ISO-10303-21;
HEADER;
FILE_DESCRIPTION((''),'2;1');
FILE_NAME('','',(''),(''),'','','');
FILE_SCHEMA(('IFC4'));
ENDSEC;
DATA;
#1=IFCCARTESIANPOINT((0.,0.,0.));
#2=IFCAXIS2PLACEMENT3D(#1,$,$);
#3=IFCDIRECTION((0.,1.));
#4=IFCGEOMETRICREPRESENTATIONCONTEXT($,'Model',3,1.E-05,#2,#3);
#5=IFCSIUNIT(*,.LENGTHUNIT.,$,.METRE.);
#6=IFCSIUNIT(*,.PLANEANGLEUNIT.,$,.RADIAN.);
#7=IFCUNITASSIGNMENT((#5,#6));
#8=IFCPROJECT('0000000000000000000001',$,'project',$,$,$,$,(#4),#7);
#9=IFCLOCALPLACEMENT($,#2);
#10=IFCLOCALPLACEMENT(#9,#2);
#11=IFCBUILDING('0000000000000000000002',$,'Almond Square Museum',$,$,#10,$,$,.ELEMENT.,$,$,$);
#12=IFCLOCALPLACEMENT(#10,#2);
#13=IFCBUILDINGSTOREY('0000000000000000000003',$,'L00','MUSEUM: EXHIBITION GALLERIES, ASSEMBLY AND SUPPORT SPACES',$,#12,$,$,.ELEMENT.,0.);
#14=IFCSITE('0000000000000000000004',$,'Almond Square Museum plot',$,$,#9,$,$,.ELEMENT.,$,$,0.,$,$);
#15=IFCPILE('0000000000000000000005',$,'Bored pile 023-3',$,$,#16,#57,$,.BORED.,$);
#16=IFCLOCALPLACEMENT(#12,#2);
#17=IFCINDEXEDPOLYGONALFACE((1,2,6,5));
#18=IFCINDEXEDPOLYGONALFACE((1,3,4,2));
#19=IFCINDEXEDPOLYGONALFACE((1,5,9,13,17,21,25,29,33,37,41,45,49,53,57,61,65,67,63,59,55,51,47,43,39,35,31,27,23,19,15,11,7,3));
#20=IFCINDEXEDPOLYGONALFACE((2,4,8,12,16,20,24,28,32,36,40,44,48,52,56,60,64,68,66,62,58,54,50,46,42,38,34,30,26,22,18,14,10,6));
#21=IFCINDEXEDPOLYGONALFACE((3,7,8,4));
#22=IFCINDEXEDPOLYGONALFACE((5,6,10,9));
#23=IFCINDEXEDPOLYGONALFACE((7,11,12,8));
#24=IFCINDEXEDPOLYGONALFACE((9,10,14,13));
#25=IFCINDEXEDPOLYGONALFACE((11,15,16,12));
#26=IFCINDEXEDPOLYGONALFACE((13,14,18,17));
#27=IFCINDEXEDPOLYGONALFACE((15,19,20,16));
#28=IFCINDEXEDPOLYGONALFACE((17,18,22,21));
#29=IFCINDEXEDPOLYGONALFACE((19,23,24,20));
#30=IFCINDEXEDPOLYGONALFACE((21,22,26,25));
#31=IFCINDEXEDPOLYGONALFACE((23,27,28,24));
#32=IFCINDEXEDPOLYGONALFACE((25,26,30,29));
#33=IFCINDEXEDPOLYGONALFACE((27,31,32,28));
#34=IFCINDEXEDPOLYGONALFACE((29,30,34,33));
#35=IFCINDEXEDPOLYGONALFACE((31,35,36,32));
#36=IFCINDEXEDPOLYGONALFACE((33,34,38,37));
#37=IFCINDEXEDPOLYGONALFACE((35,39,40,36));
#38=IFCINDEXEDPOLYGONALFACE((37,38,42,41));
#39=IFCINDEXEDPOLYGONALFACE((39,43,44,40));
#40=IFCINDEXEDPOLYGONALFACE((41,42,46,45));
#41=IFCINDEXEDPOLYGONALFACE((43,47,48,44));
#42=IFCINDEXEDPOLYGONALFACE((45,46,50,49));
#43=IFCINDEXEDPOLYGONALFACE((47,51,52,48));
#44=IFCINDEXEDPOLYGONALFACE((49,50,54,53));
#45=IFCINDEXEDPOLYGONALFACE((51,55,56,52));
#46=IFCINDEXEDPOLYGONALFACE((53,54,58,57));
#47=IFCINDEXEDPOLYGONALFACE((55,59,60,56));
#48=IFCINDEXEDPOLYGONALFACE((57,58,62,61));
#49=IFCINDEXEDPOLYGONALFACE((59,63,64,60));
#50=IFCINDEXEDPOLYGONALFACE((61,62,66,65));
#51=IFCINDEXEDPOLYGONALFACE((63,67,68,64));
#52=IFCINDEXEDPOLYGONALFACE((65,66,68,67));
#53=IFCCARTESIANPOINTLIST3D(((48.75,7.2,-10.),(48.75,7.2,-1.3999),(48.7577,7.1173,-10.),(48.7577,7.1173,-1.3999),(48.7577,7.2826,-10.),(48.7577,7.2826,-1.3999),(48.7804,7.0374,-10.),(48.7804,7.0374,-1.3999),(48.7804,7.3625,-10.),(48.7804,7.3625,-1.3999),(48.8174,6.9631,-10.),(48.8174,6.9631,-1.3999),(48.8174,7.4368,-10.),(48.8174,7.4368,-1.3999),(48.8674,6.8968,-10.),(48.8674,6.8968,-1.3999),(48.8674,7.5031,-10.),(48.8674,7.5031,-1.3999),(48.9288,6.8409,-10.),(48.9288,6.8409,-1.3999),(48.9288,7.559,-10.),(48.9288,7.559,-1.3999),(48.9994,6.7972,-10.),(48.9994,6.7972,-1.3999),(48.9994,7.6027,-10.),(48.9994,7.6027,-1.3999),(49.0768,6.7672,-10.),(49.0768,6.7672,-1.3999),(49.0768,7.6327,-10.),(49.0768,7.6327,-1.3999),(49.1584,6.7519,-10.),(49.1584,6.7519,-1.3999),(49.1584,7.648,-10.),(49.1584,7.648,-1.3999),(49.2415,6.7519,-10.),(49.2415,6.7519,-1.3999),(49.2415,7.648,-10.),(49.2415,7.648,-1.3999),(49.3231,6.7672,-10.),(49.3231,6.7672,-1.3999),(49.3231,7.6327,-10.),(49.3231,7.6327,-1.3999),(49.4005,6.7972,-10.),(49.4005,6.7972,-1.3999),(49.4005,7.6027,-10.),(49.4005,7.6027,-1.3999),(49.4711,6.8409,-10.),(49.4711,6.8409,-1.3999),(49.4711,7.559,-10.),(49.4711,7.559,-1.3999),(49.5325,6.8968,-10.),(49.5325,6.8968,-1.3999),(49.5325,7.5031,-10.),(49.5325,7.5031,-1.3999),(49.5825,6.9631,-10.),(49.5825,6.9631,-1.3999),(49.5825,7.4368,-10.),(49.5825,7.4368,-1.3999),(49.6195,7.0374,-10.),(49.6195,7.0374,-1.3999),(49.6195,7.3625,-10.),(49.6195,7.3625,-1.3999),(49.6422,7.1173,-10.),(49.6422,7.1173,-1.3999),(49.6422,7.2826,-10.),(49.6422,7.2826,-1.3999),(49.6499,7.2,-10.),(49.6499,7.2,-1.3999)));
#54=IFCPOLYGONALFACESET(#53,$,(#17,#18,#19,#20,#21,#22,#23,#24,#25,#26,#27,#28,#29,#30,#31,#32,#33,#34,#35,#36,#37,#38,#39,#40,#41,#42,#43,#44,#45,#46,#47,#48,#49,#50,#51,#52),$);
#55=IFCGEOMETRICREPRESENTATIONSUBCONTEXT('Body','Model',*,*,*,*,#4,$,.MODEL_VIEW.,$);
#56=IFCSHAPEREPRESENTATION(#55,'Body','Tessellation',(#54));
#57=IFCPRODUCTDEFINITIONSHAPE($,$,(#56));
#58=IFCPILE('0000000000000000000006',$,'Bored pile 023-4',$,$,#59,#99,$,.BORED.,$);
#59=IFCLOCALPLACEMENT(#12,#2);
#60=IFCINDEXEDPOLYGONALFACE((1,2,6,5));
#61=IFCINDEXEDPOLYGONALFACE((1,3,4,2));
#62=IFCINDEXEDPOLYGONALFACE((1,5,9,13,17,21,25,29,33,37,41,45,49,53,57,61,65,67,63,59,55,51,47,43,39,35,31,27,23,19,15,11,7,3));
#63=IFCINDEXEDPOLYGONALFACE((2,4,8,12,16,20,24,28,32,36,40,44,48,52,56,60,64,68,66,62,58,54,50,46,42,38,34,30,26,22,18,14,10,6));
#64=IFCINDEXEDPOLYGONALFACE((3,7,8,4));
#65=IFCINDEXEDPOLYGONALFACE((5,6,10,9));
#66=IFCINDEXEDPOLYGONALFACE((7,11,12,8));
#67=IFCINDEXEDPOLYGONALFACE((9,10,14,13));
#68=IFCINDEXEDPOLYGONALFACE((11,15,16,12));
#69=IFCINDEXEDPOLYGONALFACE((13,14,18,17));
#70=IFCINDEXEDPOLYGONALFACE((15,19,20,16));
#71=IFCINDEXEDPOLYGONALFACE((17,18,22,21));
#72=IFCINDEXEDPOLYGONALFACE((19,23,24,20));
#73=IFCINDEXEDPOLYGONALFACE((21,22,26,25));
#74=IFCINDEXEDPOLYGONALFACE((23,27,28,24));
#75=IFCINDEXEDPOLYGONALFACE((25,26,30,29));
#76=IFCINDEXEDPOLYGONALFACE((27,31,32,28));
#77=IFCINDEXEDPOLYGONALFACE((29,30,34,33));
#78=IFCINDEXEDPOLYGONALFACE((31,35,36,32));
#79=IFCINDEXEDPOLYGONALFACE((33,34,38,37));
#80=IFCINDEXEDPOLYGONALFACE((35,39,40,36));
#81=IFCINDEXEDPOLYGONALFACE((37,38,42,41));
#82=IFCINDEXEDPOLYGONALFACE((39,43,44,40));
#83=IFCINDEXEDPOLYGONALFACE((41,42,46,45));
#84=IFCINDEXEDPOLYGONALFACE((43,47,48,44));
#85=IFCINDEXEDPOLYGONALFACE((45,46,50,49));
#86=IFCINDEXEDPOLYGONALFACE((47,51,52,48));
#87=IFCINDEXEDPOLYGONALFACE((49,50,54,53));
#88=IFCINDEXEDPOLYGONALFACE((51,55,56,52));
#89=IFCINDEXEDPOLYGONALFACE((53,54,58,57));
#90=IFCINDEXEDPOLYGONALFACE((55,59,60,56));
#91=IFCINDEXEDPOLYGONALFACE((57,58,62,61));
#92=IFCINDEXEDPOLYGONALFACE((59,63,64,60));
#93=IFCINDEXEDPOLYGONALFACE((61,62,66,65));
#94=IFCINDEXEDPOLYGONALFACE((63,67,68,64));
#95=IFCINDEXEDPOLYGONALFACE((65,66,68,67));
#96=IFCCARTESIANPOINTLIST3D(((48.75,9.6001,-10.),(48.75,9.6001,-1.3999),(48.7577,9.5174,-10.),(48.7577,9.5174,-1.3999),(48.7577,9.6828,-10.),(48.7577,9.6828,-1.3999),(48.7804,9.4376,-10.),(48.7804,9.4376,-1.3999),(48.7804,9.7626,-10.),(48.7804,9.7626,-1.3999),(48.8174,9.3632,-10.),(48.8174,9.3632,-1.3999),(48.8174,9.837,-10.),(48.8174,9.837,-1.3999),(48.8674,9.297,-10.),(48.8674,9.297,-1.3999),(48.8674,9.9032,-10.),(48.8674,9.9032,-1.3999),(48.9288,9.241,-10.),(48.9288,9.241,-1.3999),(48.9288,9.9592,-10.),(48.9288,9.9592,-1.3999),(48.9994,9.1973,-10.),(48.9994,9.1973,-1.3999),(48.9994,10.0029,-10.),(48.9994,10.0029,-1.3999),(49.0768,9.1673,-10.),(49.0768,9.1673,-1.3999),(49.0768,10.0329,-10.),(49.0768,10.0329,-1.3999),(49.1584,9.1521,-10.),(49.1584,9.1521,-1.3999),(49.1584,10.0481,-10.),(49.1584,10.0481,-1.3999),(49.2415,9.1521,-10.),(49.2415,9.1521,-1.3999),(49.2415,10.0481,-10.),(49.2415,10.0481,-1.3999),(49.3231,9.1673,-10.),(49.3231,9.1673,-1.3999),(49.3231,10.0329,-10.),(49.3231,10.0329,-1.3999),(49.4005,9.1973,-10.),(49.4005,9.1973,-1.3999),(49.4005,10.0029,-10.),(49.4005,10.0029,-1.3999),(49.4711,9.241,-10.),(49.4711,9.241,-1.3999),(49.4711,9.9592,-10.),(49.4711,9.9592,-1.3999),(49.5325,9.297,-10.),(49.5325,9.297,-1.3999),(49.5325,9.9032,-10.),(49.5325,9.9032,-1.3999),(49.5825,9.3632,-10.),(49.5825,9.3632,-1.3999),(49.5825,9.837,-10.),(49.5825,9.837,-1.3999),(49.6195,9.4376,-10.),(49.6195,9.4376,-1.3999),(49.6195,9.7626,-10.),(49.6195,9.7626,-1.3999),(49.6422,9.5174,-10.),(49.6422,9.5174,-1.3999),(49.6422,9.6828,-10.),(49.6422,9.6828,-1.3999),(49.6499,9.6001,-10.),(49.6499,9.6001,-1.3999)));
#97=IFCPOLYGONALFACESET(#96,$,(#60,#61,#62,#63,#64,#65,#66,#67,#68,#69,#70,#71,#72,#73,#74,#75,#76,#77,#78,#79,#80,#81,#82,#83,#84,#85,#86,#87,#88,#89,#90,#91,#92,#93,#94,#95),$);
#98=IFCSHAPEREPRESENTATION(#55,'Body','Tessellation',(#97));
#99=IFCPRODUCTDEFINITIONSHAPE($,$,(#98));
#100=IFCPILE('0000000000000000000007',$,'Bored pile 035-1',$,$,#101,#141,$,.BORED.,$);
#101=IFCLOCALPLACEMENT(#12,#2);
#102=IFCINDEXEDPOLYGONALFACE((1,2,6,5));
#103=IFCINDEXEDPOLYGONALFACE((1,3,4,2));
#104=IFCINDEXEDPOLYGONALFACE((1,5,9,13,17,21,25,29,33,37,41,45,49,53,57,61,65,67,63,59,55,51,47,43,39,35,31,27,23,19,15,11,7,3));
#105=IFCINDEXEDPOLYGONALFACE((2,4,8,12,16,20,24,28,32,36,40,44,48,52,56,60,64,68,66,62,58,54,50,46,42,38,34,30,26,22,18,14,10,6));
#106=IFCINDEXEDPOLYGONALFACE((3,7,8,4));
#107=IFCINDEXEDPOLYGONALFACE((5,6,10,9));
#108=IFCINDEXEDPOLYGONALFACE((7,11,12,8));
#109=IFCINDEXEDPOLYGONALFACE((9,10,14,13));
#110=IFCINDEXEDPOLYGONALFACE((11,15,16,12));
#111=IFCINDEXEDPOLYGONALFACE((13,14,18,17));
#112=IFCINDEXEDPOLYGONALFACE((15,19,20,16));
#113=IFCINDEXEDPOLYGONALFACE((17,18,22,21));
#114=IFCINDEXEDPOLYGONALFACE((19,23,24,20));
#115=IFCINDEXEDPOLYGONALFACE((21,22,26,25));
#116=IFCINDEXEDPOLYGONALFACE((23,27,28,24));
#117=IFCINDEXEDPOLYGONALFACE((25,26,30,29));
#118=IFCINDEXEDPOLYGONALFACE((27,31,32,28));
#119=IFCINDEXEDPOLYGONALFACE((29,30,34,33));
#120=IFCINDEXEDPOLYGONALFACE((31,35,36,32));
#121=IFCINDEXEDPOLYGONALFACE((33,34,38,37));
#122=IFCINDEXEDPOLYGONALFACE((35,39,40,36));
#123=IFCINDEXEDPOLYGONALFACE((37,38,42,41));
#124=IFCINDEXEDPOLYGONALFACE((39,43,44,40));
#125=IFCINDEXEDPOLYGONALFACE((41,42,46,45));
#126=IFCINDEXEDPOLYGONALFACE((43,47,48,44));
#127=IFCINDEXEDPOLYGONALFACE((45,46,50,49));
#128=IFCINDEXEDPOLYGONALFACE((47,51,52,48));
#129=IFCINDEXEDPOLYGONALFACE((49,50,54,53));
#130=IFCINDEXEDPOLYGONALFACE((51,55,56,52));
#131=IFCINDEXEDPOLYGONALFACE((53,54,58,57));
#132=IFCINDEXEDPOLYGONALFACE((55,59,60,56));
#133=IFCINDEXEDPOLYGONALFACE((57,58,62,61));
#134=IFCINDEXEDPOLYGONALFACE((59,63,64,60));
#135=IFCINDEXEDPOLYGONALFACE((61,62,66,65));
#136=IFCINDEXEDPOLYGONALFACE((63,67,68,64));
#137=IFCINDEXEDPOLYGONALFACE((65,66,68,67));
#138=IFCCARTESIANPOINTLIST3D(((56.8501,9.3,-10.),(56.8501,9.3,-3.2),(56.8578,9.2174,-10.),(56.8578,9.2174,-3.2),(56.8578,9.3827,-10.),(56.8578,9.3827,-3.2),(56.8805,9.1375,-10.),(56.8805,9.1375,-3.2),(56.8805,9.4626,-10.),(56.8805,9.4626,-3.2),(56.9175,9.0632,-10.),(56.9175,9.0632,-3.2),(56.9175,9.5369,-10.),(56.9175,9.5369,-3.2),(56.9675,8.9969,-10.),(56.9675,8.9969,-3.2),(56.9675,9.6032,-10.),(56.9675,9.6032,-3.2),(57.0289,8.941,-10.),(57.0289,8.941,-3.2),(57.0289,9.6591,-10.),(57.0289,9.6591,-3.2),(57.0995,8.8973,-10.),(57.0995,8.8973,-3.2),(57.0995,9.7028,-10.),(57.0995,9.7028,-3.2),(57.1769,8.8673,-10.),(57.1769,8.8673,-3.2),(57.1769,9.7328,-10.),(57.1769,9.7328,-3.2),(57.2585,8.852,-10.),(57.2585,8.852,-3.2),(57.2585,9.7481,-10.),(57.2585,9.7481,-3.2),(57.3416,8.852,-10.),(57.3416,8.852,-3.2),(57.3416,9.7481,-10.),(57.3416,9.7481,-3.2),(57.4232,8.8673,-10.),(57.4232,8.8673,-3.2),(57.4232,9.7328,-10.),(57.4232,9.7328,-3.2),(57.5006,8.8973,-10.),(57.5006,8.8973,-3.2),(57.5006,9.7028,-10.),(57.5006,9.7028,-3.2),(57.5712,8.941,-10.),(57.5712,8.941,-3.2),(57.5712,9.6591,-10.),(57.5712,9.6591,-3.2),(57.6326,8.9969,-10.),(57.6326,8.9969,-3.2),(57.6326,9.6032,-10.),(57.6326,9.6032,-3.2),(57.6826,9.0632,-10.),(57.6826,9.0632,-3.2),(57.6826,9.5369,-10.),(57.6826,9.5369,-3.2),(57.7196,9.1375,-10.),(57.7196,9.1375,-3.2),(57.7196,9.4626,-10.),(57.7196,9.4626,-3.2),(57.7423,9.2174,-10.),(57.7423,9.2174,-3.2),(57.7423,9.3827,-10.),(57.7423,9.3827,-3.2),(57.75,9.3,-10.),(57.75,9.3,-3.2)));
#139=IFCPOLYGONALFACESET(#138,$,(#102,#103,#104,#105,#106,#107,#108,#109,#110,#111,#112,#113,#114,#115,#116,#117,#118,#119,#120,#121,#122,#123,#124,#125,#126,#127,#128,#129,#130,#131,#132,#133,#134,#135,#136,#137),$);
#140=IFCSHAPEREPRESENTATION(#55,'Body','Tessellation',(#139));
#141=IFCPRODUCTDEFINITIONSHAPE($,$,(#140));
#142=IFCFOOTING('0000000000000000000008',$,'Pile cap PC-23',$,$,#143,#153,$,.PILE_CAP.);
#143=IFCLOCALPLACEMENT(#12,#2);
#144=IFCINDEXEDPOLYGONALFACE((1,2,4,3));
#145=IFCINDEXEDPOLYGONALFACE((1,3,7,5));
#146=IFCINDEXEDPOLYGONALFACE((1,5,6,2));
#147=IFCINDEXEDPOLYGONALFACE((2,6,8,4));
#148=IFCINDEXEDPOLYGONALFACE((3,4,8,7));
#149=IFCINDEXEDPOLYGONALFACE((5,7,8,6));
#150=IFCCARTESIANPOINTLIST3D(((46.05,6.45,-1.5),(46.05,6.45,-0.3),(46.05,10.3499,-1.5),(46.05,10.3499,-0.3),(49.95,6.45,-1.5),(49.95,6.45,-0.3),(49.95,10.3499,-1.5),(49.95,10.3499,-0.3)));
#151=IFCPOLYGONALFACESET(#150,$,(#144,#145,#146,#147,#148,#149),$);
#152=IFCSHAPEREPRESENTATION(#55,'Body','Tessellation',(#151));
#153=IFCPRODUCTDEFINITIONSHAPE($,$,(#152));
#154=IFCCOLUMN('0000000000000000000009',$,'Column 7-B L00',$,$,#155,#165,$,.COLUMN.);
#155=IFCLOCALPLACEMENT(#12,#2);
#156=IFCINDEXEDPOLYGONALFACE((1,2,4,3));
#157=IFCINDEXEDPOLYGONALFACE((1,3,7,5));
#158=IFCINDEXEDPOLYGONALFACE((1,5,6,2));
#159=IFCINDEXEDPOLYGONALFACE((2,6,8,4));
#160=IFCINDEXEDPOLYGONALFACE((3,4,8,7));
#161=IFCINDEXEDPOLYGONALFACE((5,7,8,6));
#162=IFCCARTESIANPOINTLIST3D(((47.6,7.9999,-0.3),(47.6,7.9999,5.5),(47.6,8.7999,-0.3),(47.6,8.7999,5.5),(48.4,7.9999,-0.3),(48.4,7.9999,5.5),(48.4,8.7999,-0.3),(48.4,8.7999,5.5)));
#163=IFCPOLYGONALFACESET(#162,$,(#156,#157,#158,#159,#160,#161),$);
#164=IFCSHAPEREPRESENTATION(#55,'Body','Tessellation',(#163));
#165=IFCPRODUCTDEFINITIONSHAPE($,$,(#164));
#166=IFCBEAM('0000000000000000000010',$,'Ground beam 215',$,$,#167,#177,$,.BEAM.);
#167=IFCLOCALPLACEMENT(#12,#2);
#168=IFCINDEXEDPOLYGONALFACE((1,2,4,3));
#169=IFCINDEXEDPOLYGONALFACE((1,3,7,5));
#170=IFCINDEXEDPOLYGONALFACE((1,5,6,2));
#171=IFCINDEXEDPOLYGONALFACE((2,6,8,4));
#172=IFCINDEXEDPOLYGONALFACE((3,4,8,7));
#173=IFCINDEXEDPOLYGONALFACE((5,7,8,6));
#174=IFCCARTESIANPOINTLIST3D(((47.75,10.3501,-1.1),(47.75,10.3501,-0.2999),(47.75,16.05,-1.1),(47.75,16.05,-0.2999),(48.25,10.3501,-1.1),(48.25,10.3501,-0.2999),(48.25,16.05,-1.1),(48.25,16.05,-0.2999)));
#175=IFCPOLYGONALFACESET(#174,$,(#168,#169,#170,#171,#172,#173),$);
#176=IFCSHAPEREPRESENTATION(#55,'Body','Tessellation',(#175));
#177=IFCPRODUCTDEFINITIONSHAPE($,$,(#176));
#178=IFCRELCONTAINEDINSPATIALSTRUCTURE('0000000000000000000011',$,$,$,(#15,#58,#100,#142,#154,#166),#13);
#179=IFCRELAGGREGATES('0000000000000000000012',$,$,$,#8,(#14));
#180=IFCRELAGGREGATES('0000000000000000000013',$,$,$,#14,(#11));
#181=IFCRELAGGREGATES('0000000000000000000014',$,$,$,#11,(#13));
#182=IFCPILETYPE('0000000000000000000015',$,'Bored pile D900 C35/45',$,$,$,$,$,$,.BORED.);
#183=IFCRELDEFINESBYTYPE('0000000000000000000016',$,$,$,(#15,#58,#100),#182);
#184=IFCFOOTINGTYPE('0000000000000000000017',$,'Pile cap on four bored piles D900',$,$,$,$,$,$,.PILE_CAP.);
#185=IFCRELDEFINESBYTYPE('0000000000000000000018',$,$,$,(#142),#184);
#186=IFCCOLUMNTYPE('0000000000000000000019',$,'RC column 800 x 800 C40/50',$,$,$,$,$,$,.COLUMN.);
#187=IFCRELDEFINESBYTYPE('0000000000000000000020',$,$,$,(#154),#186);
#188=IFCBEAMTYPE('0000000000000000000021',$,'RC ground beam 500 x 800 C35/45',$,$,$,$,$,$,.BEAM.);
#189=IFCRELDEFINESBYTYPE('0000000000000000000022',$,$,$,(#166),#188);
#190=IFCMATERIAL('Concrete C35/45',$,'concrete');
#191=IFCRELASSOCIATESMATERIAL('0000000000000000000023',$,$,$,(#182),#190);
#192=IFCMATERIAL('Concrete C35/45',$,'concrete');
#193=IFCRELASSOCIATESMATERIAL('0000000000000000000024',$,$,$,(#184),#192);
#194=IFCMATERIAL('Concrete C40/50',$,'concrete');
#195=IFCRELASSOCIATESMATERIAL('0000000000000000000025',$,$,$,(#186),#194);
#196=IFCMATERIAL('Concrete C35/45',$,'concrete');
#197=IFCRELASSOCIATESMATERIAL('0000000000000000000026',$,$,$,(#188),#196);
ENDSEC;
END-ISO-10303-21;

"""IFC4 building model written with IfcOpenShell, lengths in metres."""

from ifc_helpers import new_model, si_unit, direction, frame, origin, origin_2d, place, context, subcontext, project, spatial, rectangle, circle, extrude, material, material_profile, profile_set, type_object, element, save


model = new_model("IFC4")

# Units and contexts
model_context = context("Model", 3, precision=1e-05, world=origin(), true_north=direction((0.0, 1.0)))
body_context = subcontext(model_context, "Body", "Model", "MODEL_VIEW")
ifc_project = project(units=[si_unit("LENGTHUNIT", "METRE"), si_unit("PLANEANGLEUNIT", "RADIAN")], contexts=[model_context])

# Site, building, storey
site_placement = place(None, origin())
site = spatial("IfcSite", under=ifc_project, at=site_placement, Name="Almond Square Museum plot", CompositionType="ELEMENT", RefElevation=0.0)
building_placement = place(site_placement, origin())
building = spatial("IfcBuilding", under=site, at=building_placement, Name="Almond Square Museum", CompositionType="ELEMENT")
storey_placement = place(building_placement, origin())
storey = spatial("IfcBuildingStorey", under=building, at=storey_placement, Name="L00", Description="MUSEUM: EXHIBITION GALLERIES, ASSEMBLY AND SUPPORT SPACES", CompositionType="ELEMENT", Elevation=0.0)

# Piles
ifc_material_1 = material(Name="Concrete C35/45", Category="concrete")
ifc_material_profile_1 = material_profile(ifc_material_1, circle(Radius=0.45, at=origin_2d()))
ifc_profile_set_1 = profile_set([ifc_material_profile_1], Name="Concrete C35/45")
pile_type = type_object("IfcPileType", Name="Bored pile D900 C35/45", PredefinedType="BORED", material=ifc_profile_set_1)
for number, where, z_axis, x_axis, name in (
    (1, (49.2, 7.2, -1.3999), (0.0, 0.0, -1.0), (1.0, 0.0, 0.0), "Bored pile 023-3"),
    (2, (49.2, 9.6001, -1.3999), (0.0, 0.0, -1.0), (1.0, 0.0, 0.0), "Bored pile 023-4"),
):
    element("IfcPile", number, at=place(storey_placement, frame(where, z_axis=z_axis, x_axis=x_axis)), inside=storey, type_object=pile_type, Name=name, PredefinedType="BORED", context=body_context, shape_type="SweptSolid", body=[
        extrude(circle(Radius=0.45, at=origin_2d()), origin(), (0.0, 0.0, 1.0), 8.6001),
    ])
pile_placement = place(storey_placement, frame((57.3, 9.3, -3.2), z_axis=(0.0, 0.0, -1.0), x_axis=(1.0, 0.0, 0.0)))
element("IfcPile", 3, at=pile_placement, inside=storey, type_object=pile_type, Name="Bored pile 035-1", PredefinedType="BORED", context=body_context, shape_type="SweptSolid", body=[
    extrude(circle(Radius=0.45, at=origin_2d()), origin(), (0.0, 0.0, 1.0), 6.8),
])

# Footing
ifc_material_2 = material(Name="Concrete C35/45", Category="concrete")
footing_type = type_object("IfcFootingType", Name="Pile cap on four bored piles D900", PredefinedType="PILE_CAP", material=ifc_material_2)
footing_placement = place(storey_placement, frame((48.0, 8.3999, -1.5), z_axis=(0.0, 0.0, 1.0), x_axis=(1.0, 0.0, 0.0)))
element("IfcFooting", 4, at=footing_placement, inside=storey, type_object=footing_type, Name="Pile cap PC-23", PredefinedType="PILE_CAP", context=body_context, shape_type="SweptSolid", body=[
    extrude(rectangle(XDim=3.8999, YDim=3.8999, at=origin_2d()), origin(), (0.0, 0.0, 1.0), 1.2),
])

# Column
ifc_material_3 = material(Name="Concrete C40/50", Category="concrete")
ifc_material_profile_2 = material_profile(ifc_material_3, rectangle(XDim=0.8, YDim=0.8, at=origin_2d()))
ifc_profile_set_2 = profile_set([ifc_material_profile_2], Name="Concrete C40/50")
column_type = type_object("IfcColumnType", Name="RC column 800 x 800 C40/50", PredefinedType="COLUMN", material=ifc_profile_set_2)
column_placement = place(storey_placement, frame((48.0, 8.3999, -0.3), z_axis=(0.0, 0.0, 1.0), x_axis=(1.0, 0.0, 0.0)))
element("IfcColumn", 5, at=column_placement, inside=storey, type_object=column_type, Name="Column 7-B L00", PredefinedType="COLUMN", context=body_context, shape_type="SweptSolid", body=[
    extrude(rectangle(XDim=0.8, YDim=0.8, at=origin_2d()), origin(), (0.0, 0.0, 1.0), 5.8),
])

# Beam
ifc_material_4 = material(Name="Concrete C35/45", Category="concrete")
ifc_material_profile_3 = material_profile(ifc_material_4, rectangle(XDim=0.5, YDim=0.8, at=origin_2d()))
ifc_profile_set_3 = profile_set([ifc_material_profile_3], Name="Concrete C35/45")
beam_type = type_object("IfcBeamType", Name="RC ground beam 500 x 800 C35/45", PredefinedType="BEAM", material=ifc_profile_set_3)
beam_placement = place(storey_placement, frame((48.0, 10.3501, -0.7), z_axis=(0.0, 1.0, 0.0), x_axis=(-1.0, 0.0, 0.0)))
element("IfcBeam", 6, at=beam_placement, inside=storey, type_object=beam_type, Name="Ground beam 215", PredefinedType="BEAM", context=body_context, shape_type="SweptSolid", body=[
    extrude(rectangle(XDim=0.5, YDim=0.8, at=origin_2d()), origin(), (0.0, 0.0, 1.0), 5.7),
])

save(model, "model.ifc")
